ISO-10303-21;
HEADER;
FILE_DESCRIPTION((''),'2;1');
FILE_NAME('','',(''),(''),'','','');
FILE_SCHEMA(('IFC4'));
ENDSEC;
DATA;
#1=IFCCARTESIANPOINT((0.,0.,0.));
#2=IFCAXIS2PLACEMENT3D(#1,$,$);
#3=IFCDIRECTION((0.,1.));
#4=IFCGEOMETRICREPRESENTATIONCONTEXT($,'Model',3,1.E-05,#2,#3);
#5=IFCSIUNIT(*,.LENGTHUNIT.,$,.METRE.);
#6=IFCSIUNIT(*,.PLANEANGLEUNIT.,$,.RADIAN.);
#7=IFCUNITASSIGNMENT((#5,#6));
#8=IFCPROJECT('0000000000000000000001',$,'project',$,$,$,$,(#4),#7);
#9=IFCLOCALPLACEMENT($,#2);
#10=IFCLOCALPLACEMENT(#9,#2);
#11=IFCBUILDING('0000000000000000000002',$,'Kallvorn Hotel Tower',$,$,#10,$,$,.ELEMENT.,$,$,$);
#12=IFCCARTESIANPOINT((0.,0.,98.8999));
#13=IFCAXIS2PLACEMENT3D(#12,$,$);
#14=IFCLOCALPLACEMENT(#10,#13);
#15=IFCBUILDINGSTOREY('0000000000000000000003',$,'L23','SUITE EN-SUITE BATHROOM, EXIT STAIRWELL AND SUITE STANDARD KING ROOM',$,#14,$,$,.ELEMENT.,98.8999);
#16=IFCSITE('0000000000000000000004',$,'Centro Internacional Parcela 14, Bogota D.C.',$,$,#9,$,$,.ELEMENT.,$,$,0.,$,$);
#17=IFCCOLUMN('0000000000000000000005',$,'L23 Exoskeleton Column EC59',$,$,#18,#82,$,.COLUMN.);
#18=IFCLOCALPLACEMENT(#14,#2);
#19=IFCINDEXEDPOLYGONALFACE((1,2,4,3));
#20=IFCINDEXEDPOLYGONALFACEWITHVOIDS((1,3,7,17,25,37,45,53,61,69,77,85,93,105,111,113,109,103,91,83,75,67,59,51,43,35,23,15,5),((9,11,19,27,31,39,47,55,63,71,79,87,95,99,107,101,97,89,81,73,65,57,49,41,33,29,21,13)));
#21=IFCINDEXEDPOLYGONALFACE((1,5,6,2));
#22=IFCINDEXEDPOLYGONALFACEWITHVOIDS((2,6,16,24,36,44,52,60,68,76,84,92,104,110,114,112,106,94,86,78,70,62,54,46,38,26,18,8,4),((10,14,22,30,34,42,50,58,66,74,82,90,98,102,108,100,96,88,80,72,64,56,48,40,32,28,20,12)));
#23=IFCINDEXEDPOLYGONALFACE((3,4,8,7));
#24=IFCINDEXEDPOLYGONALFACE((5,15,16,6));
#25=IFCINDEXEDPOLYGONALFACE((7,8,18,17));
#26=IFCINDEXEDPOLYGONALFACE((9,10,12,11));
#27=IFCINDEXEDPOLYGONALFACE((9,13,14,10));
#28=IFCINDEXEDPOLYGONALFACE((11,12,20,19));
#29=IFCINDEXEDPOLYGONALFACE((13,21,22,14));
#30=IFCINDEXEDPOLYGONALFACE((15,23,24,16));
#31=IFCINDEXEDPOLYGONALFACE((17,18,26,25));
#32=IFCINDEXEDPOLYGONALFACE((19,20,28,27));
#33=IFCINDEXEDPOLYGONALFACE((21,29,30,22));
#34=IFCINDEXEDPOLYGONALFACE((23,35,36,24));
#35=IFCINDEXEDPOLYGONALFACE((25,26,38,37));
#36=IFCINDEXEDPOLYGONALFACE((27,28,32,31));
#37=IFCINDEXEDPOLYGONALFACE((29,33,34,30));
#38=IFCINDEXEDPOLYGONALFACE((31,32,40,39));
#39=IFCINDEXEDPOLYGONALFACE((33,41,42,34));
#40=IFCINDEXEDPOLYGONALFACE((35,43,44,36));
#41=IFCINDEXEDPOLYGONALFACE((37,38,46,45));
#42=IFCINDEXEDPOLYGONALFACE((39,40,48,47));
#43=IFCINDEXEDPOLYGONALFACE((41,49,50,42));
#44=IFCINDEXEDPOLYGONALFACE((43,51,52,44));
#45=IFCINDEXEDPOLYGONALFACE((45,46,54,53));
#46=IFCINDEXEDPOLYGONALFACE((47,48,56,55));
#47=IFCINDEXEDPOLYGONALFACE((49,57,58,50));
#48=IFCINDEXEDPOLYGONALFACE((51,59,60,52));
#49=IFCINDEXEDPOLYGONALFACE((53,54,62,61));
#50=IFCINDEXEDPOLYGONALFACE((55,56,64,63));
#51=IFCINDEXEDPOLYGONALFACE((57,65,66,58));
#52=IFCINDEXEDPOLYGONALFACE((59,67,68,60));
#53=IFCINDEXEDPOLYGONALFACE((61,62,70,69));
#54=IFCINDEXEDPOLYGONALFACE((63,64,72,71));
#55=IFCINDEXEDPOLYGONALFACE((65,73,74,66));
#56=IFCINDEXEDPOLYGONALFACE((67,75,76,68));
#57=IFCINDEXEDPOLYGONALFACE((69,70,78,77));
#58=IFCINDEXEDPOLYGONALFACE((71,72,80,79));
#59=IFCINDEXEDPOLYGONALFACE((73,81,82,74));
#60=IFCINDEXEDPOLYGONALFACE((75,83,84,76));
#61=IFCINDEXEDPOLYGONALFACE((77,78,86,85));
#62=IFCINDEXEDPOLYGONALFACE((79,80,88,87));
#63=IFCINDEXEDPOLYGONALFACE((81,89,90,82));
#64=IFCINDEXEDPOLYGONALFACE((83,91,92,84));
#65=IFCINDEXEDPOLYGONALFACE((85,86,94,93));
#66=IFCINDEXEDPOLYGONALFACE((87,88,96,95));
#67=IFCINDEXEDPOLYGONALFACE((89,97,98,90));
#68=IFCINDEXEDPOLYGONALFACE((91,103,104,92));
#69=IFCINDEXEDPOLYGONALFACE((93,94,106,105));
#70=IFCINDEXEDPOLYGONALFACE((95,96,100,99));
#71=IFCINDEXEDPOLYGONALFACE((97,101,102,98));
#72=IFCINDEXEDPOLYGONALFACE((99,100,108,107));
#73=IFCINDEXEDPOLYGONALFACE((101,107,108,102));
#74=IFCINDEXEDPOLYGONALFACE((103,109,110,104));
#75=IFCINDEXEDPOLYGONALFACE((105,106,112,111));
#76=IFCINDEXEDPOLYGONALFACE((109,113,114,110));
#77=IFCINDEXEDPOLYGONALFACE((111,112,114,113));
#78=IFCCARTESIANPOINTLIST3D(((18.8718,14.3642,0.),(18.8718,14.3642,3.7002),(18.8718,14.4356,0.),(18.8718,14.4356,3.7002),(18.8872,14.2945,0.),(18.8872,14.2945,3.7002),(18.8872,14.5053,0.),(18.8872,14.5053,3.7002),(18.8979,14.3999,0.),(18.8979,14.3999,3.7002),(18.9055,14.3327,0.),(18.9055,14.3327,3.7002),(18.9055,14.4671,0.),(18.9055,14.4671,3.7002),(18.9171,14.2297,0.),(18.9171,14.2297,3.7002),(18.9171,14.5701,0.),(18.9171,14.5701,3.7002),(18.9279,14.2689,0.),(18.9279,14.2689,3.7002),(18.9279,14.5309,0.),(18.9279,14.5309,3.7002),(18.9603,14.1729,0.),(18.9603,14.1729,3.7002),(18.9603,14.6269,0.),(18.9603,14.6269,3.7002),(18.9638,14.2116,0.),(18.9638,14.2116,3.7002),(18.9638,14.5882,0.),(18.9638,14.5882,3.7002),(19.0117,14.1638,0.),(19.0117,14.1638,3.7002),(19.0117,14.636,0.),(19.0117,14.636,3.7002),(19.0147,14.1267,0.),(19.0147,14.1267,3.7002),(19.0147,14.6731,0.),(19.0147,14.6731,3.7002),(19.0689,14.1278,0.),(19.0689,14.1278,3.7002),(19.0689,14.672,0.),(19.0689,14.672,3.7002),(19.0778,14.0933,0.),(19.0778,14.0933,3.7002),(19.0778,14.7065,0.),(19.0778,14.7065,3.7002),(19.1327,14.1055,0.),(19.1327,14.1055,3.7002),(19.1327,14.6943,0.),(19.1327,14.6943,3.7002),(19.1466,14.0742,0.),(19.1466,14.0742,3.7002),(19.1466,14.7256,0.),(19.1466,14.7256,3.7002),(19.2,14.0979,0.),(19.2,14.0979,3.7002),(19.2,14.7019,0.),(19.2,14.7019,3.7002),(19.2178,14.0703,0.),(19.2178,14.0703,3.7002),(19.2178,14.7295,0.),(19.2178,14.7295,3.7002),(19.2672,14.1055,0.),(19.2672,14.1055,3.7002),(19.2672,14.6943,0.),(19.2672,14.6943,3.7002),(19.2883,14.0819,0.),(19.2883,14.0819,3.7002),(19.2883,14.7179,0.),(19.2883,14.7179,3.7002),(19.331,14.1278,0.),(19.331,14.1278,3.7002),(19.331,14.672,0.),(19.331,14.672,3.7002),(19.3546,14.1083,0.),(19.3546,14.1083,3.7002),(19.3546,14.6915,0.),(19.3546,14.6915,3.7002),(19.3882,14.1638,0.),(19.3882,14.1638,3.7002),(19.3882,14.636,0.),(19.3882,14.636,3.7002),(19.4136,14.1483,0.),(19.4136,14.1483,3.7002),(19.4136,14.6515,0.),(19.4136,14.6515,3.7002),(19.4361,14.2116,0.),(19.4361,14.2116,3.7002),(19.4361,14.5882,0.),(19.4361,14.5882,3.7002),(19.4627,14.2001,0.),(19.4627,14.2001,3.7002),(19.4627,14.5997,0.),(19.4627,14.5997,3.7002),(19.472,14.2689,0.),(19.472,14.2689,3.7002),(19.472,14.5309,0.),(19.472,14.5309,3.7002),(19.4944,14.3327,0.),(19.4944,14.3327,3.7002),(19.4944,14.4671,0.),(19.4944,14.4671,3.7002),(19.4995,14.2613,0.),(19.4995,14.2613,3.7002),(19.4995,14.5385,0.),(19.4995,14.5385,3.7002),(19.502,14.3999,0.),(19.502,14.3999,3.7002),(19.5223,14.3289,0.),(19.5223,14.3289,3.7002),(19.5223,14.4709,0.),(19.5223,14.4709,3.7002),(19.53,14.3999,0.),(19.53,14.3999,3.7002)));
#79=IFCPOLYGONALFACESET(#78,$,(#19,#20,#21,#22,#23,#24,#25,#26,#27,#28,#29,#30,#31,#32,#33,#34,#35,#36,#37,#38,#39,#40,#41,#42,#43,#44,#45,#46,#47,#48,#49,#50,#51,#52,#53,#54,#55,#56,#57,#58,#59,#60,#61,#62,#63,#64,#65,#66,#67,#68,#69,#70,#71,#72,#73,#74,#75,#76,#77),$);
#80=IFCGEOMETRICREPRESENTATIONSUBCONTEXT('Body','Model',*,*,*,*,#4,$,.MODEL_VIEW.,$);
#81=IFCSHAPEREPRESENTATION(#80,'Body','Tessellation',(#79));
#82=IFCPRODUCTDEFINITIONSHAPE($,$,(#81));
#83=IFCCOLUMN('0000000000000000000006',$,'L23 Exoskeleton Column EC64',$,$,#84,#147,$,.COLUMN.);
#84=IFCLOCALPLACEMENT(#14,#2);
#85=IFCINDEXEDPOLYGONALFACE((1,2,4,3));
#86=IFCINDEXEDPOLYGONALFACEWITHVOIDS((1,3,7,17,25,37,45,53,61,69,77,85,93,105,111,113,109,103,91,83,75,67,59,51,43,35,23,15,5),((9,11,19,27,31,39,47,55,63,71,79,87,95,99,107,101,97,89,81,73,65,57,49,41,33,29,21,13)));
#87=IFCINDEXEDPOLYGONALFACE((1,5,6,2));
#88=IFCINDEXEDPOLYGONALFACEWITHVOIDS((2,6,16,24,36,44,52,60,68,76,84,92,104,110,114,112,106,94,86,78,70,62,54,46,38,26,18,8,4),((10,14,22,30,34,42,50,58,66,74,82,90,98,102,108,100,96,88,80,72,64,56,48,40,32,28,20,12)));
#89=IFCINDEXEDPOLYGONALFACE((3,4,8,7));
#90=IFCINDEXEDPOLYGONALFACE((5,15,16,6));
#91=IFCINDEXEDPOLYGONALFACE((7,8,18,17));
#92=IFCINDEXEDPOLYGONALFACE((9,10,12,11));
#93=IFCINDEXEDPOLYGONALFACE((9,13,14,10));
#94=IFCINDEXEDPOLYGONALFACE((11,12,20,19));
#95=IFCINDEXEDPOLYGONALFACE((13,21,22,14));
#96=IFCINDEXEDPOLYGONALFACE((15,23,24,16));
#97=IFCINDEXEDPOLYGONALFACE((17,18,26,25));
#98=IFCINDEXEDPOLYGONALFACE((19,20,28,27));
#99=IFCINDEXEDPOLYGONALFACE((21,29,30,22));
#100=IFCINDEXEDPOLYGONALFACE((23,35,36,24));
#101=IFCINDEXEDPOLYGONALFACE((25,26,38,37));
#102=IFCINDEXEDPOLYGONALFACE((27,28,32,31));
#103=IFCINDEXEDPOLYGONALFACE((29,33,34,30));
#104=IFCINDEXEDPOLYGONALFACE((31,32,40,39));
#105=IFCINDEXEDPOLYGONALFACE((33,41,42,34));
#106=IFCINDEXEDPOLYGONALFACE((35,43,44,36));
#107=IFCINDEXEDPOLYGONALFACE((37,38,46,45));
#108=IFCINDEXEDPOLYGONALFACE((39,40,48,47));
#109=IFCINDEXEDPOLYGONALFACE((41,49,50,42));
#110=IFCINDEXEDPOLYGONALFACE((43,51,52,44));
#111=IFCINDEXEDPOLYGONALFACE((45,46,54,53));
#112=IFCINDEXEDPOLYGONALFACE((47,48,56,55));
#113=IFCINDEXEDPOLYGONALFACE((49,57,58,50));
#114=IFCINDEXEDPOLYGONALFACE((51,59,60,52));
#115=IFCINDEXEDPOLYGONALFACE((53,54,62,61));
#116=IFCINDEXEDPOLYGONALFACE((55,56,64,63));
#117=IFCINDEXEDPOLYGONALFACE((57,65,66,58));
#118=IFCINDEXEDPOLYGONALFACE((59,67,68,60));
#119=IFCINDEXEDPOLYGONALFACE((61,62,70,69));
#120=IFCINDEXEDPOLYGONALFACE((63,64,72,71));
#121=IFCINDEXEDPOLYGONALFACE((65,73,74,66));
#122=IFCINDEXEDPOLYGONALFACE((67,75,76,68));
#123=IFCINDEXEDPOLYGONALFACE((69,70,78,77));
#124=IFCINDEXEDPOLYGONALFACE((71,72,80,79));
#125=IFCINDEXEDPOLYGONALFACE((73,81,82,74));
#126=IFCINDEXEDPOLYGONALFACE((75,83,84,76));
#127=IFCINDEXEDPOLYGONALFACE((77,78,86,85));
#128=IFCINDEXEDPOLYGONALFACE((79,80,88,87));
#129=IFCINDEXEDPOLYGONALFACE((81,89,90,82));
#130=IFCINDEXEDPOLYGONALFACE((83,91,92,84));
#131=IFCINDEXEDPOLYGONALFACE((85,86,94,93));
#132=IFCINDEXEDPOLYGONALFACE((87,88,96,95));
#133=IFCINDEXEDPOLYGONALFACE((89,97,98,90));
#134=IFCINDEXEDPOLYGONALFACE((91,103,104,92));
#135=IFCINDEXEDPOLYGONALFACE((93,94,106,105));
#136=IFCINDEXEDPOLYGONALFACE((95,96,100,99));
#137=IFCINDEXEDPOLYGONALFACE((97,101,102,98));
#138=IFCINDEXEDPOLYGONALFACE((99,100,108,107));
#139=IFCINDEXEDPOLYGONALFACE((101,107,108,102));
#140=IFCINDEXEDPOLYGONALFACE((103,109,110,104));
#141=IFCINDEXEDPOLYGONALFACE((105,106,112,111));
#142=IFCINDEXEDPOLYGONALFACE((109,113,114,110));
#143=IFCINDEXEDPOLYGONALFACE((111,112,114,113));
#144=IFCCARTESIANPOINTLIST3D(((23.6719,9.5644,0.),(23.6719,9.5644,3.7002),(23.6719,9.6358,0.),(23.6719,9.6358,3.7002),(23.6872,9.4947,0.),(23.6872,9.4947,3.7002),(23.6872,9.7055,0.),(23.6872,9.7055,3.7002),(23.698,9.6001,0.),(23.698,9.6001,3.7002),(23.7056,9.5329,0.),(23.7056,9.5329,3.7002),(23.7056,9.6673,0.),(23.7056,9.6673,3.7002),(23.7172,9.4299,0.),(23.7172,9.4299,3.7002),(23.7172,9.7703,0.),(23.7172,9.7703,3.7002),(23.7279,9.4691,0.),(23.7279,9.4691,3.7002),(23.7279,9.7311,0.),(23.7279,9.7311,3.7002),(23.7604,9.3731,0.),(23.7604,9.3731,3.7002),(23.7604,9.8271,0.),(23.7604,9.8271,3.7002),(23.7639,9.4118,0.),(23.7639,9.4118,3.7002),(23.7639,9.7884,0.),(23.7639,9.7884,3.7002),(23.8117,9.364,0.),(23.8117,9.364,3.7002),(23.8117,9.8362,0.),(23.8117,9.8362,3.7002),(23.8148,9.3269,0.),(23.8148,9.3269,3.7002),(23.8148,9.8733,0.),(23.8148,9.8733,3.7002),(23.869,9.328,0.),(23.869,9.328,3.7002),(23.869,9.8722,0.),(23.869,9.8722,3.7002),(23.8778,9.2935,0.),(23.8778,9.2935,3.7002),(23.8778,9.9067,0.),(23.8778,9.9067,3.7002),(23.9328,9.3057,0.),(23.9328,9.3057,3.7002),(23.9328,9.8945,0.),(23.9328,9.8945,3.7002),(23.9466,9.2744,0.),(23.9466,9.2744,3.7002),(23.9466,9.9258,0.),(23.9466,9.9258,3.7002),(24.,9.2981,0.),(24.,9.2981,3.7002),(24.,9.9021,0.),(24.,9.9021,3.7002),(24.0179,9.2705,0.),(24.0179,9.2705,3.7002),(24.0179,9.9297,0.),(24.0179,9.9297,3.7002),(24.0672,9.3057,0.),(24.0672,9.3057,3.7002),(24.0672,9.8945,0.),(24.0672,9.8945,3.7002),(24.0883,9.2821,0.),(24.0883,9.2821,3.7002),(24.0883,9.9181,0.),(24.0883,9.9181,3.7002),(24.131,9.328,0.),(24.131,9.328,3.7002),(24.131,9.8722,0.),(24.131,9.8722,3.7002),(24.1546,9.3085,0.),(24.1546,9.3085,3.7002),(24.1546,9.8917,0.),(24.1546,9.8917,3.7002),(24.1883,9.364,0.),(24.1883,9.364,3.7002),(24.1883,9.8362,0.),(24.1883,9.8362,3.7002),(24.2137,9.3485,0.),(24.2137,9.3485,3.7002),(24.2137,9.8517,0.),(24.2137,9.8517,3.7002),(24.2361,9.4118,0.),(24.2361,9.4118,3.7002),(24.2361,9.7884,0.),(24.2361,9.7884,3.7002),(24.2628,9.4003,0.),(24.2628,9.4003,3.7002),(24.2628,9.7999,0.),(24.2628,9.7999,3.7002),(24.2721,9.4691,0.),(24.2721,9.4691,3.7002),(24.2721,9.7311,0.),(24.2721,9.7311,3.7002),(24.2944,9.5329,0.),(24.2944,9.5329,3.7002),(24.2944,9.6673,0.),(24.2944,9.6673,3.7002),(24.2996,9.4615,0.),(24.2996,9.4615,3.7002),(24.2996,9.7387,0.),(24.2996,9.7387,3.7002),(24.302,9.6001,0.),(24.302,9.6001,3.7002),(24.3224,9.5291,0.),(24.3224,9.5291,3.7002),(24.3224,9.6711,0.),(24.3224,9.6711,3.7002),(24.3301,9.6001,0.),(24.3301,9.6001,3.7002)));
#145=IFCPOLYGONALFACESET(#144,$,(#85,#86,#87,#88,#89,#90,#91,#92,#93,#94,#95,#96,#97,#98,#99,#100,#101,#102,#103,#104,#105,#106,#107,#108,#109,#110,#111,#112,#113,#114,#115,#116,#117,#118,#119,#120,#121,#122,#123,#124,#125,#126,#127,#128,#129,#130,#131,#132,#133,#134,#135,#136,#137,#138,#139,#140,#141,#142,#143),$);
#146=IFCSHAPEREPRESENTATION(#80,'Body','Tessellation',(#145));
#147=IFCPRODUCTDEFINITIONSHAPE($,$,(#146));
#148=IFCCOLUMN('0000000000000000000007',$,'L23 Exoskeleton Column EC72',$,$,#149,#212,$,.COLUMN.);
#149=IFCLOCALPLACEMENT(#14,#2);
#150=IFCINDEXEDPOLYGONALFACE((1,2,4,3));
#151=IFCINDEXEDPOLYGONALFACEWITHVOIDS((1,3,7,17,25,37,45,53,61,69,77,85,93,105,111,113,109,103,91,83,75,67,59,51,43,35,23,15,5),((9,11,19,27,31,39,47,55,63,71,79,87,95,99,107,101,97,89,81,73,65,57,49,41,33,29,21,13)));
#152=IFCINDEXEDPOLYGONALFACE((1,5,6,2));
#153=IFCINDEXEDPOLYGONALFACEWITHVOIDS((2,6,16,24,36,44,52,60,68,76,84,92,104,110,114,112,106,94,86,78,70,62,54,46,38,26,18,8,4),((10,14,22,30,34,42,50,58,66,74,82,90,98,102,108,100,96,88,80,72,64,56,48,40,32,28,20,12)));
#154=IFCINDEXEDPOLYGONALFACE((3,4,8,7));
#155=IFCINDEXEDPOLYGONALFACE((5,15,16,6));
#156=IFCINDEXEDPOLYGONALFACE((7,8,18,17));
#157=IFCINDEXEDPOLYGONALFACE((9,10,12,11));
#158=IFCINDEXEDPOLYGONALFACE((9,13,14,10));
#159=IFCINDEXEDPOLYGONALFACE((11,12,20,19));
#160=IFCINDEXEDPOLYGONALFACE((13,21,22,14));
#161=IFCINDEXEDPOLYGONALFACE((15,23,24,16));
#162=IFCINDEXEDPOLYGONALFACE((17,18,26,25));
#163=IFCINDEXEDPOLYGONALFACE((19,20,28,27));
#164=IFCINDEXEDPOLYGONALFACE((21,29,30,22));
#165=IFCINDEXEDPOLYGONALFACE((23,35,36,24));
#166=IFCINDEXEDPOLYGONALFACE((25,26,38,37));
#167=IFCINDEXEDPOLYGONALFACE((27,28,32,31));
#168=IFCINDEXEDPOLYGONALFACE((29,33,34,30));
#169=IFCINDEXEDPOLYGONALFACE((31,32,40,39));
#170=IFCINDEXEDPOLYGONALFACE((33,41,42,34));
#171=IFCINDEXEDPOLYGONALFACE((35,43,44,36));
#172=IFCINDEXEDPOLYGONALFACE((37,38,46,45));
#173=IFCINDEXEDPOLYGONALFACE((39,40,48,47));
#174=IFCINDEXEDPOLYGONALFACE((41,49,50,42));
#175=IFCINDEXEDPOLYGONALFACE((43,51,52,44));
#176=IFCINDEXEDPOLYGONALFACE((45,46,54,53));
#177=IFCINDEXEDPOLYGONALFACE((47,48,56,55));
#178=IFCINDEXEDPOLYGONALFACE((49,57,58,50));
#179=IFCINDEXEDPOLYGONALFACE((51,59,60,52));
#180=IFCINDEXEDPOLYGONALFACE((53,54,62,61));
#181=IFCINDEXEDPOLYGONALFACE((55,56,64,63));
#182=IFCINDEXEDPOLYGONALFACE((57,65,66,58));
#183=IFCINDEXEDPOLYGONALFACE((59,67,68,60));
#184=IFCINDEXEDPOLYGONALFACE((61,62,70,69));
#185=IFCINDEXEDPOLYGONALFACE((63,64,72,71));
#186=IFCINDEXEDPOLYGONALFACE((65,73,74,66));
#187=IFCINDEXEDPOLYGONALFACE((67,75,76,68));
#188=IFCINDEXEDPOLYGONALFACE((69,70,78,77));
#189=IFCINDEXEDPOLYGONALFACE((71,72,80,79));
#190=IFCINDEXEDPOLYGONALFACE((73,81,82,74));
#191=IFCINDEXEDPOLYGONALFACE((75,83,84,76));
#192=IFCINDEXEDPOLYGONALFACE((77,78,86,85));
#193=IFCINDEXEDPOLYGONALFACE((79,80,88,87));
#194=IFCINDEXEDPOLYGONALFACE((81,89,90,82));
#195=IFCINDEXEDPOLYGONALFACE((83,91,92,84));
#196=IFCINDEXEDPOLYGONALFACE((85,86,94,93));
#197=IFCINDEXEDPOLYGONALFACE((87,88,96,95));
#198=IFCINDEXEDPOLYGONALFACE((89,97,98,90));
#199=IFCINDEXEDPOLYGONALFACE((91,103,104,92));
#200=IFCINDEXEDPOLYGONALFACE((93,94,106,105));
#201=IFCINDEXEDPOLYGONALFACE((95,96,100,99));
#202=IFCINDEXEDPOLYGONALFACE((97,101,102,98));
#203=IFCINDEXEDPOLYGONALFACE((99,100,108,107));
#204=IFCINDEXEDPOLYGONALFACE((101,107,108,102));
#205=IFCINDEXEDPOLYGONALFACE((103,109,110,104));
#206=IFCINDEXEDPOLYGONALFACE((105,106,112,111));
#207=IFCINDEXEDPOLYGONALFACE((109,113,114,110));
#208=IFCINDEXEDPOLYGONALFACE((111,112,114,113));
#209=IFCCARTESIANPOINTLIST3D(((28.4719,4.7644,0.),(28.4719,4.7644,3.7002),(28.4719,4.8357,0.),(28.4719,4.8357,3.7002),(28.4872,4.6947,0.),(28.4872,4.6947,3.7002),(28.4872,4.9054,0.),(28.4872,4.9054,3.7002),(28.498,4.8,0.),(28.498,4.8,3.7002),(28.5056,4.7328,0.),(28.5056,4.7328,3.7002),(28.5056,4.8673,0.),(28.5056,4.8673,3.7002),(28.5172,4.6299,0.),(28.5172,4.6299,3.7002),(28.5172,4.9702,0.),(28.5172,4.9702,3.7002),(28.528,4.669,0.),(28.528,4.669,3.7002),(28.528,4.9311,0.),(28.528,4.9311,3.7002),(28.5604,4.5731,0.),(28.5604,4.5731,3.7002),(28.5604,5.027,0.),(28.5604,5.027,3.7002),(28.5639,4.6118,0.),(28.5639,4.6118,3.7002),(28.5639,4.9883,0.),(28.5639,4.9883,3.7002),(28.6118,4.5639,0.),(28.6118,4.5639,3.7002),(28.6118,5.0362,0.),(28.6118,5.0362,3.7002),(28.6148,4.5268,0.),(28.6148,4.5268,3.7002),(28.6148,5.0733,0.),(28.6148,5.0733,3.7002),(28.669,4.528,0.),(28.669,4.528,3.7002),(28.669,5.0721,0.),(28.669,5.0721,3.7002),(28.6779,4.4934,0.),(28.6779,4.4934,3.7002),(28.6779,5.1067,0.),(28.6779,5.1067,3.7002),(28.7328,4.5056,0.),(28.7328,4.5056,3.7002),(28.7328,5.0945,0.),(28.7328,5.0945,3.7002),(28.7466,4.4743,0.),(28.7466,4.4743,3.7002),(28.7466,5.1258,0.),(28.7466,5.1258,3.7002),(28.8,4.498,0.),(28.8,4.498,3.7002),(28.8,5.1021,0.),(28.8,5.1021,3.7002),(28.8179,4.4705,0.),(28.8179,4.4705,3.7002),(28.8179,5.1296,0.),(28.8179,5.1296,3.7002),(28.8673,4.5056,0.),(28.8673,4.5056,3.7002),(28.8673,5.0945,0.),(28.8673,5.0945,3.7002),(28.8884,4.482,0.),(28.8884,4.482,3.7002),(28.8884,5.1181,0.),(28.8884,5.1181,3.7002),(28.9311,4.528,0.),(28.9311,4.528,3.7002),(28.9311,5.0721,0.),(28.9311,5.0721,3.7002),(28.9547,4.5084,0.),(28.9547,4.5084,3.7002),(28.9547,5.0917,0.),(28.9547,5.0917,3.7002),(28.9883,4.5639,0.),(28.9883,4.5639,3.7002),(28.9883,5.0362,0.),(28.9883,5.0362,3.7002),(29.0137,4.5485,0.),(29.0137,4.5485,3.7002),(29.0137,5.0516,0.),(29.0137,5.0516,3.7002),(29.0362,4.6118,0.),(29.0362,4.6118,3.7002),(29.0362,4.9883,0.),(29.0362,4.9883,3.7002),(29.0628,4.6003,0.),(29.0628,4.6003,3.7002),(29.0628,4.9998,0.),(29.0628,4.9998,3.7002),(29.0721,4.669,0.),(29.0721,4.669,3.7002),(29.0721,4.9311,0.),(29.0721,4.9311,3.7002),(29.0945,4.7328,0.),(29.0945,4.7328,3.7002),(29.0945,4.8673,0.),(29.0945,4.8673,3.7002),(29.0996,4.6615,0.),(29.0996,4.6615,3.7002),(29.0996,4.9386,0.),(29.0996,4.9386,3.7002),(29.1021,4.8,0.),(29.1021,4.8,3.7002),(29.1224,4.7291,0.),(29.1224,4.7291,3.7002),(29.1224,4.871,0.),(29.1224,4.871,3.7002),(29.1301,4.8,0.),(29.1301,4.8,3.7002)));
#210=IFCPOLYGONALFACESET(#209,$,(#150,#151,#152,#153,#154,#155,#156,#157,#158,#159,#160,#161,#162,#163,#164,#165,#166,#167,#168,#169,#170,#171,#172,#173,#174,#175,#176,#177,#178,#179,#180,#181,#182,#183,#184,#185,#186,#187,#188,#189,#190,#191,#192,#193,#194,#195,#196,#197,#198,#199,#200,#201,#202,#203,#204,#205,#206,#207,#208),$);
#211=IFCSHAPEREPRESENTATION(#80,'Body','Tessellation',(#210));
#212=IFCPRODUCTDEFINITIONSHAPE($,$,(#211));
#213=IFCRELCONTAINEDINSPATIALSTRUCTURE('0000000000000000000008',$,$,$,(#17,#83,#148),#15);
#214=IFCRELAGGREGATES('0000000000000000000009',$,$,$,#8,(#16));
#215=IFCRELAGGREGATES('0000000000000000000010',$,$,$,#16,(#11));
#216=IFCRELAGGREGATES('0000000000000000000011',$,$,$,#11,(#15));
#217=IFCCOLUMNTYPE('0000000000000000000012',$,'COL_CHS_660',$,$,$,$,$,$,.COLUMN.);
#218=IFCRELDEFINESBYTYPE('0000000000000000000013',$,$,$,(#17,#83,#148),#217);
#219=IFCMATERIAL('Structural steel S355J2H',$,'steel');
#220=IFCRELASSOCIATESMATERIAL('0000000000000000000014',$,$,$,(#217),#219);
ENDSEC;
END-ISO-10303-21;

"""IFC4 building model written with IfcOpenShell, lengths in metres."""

from ifc_helpers import new_model, si_unit, direction, frame, origin, origin_2d, place, context, subcontext, project, spatial, hollow_circle, extrude, material, material_profile, profile_set, type_object, element, save


model = new_model("IFC4")

# Units and contexts
model_context = context("Model", 3, precision=1e-05, world=origin(), true_north=direction((0.0, 1.0)))
body_context = subcontext(model_context, "Body", "Model", "MODEL_VIEW")
ifc_project = project(units=[si_unit("LENGTHUNIT", "METRE"), si_unit("PLANEANGLEUNIT", "RADIAN")], contexts=[model_context])

# Site, building, storey
site_placement = place(None, origin())
site = spatial("IfcSite", under=ifc_project, at=site_placement, Name="Centro Internacional Parcela 14, Bogota D.C.", CompositionType="ELEMENT", RefElevation=0.0)
building_placement = place(site_placement, origin())
building = spatial("IfcBuilding", under=site, at=building_placement, Name="Kallvorn Hotel Tower", CompositionType="ELEMENT")
storey_placement = place(building_placement, frame((0.0, 0.0, 98.8999)))
storey = spatial("IfcBuildingStorey", under=building, at=storey_placement, Name="L23", Description="SUITE EN-SUITE BATHROOM, EXIT STAIRWELL AND SUITE STANDARD KING ROOM", CompositionType="ELEMENT", Elevation=98.8999)

# Columns
ifc_material_1 = material(Name="Structural steel S355J2H", Category="steel")
ifc_material_profile_1 = material_profile(ifc_material_1, hollow_circle(Radius=0.3301, WallThickness=0.0281, at=origin_2d()), Name="CHS 660x28")
ifc_profile_set_1 = profile_set([ifc_material_profile_1], Name="Structural steel S355J2H")
column_type_1 = type_object("IfcColumnType", Name="COL_CHS_660", PredefinedType="COLUMN", material=ifc_profile_set_1)
for number, where, z_axis, x_axis, name in (
    (1, (19.2, 14.3999, 0.0), (0.0, 0.0, 1.0), (1.0, 0.0, 0.0), "L23 Exoskeleton Column EC59"),
    (2, (24.0, 9.6001, 0.0), (0.0, 0.0, 1.0), (1.0, 0.0, 0.0), "L23 Exoskeleton Column EC64"),
    (3, (28.8, 4.8, 0.0), (0.0, 0.0, 1.0), (1.0, 0.0, 0.0), "L23 Exoskeleton Column EC72"),
):
    element("IfcColumn", number, at=place(storey_placement, frame(where, z_axis=z_axis, x_axis=x_axis)), inside=storey, type_object=column_type_1, Name=name, PredefinedType="COLUMN", context=body_context, shape_type="SweptSolid", body=[
        extrude(hollow_circle(Radius=0.3301, WallThickness=0.0281, at=origin_2d()), origin(), (0.0, 0.0, 1.0), 3.7002),
    ])

save(model, "model.ifc")
